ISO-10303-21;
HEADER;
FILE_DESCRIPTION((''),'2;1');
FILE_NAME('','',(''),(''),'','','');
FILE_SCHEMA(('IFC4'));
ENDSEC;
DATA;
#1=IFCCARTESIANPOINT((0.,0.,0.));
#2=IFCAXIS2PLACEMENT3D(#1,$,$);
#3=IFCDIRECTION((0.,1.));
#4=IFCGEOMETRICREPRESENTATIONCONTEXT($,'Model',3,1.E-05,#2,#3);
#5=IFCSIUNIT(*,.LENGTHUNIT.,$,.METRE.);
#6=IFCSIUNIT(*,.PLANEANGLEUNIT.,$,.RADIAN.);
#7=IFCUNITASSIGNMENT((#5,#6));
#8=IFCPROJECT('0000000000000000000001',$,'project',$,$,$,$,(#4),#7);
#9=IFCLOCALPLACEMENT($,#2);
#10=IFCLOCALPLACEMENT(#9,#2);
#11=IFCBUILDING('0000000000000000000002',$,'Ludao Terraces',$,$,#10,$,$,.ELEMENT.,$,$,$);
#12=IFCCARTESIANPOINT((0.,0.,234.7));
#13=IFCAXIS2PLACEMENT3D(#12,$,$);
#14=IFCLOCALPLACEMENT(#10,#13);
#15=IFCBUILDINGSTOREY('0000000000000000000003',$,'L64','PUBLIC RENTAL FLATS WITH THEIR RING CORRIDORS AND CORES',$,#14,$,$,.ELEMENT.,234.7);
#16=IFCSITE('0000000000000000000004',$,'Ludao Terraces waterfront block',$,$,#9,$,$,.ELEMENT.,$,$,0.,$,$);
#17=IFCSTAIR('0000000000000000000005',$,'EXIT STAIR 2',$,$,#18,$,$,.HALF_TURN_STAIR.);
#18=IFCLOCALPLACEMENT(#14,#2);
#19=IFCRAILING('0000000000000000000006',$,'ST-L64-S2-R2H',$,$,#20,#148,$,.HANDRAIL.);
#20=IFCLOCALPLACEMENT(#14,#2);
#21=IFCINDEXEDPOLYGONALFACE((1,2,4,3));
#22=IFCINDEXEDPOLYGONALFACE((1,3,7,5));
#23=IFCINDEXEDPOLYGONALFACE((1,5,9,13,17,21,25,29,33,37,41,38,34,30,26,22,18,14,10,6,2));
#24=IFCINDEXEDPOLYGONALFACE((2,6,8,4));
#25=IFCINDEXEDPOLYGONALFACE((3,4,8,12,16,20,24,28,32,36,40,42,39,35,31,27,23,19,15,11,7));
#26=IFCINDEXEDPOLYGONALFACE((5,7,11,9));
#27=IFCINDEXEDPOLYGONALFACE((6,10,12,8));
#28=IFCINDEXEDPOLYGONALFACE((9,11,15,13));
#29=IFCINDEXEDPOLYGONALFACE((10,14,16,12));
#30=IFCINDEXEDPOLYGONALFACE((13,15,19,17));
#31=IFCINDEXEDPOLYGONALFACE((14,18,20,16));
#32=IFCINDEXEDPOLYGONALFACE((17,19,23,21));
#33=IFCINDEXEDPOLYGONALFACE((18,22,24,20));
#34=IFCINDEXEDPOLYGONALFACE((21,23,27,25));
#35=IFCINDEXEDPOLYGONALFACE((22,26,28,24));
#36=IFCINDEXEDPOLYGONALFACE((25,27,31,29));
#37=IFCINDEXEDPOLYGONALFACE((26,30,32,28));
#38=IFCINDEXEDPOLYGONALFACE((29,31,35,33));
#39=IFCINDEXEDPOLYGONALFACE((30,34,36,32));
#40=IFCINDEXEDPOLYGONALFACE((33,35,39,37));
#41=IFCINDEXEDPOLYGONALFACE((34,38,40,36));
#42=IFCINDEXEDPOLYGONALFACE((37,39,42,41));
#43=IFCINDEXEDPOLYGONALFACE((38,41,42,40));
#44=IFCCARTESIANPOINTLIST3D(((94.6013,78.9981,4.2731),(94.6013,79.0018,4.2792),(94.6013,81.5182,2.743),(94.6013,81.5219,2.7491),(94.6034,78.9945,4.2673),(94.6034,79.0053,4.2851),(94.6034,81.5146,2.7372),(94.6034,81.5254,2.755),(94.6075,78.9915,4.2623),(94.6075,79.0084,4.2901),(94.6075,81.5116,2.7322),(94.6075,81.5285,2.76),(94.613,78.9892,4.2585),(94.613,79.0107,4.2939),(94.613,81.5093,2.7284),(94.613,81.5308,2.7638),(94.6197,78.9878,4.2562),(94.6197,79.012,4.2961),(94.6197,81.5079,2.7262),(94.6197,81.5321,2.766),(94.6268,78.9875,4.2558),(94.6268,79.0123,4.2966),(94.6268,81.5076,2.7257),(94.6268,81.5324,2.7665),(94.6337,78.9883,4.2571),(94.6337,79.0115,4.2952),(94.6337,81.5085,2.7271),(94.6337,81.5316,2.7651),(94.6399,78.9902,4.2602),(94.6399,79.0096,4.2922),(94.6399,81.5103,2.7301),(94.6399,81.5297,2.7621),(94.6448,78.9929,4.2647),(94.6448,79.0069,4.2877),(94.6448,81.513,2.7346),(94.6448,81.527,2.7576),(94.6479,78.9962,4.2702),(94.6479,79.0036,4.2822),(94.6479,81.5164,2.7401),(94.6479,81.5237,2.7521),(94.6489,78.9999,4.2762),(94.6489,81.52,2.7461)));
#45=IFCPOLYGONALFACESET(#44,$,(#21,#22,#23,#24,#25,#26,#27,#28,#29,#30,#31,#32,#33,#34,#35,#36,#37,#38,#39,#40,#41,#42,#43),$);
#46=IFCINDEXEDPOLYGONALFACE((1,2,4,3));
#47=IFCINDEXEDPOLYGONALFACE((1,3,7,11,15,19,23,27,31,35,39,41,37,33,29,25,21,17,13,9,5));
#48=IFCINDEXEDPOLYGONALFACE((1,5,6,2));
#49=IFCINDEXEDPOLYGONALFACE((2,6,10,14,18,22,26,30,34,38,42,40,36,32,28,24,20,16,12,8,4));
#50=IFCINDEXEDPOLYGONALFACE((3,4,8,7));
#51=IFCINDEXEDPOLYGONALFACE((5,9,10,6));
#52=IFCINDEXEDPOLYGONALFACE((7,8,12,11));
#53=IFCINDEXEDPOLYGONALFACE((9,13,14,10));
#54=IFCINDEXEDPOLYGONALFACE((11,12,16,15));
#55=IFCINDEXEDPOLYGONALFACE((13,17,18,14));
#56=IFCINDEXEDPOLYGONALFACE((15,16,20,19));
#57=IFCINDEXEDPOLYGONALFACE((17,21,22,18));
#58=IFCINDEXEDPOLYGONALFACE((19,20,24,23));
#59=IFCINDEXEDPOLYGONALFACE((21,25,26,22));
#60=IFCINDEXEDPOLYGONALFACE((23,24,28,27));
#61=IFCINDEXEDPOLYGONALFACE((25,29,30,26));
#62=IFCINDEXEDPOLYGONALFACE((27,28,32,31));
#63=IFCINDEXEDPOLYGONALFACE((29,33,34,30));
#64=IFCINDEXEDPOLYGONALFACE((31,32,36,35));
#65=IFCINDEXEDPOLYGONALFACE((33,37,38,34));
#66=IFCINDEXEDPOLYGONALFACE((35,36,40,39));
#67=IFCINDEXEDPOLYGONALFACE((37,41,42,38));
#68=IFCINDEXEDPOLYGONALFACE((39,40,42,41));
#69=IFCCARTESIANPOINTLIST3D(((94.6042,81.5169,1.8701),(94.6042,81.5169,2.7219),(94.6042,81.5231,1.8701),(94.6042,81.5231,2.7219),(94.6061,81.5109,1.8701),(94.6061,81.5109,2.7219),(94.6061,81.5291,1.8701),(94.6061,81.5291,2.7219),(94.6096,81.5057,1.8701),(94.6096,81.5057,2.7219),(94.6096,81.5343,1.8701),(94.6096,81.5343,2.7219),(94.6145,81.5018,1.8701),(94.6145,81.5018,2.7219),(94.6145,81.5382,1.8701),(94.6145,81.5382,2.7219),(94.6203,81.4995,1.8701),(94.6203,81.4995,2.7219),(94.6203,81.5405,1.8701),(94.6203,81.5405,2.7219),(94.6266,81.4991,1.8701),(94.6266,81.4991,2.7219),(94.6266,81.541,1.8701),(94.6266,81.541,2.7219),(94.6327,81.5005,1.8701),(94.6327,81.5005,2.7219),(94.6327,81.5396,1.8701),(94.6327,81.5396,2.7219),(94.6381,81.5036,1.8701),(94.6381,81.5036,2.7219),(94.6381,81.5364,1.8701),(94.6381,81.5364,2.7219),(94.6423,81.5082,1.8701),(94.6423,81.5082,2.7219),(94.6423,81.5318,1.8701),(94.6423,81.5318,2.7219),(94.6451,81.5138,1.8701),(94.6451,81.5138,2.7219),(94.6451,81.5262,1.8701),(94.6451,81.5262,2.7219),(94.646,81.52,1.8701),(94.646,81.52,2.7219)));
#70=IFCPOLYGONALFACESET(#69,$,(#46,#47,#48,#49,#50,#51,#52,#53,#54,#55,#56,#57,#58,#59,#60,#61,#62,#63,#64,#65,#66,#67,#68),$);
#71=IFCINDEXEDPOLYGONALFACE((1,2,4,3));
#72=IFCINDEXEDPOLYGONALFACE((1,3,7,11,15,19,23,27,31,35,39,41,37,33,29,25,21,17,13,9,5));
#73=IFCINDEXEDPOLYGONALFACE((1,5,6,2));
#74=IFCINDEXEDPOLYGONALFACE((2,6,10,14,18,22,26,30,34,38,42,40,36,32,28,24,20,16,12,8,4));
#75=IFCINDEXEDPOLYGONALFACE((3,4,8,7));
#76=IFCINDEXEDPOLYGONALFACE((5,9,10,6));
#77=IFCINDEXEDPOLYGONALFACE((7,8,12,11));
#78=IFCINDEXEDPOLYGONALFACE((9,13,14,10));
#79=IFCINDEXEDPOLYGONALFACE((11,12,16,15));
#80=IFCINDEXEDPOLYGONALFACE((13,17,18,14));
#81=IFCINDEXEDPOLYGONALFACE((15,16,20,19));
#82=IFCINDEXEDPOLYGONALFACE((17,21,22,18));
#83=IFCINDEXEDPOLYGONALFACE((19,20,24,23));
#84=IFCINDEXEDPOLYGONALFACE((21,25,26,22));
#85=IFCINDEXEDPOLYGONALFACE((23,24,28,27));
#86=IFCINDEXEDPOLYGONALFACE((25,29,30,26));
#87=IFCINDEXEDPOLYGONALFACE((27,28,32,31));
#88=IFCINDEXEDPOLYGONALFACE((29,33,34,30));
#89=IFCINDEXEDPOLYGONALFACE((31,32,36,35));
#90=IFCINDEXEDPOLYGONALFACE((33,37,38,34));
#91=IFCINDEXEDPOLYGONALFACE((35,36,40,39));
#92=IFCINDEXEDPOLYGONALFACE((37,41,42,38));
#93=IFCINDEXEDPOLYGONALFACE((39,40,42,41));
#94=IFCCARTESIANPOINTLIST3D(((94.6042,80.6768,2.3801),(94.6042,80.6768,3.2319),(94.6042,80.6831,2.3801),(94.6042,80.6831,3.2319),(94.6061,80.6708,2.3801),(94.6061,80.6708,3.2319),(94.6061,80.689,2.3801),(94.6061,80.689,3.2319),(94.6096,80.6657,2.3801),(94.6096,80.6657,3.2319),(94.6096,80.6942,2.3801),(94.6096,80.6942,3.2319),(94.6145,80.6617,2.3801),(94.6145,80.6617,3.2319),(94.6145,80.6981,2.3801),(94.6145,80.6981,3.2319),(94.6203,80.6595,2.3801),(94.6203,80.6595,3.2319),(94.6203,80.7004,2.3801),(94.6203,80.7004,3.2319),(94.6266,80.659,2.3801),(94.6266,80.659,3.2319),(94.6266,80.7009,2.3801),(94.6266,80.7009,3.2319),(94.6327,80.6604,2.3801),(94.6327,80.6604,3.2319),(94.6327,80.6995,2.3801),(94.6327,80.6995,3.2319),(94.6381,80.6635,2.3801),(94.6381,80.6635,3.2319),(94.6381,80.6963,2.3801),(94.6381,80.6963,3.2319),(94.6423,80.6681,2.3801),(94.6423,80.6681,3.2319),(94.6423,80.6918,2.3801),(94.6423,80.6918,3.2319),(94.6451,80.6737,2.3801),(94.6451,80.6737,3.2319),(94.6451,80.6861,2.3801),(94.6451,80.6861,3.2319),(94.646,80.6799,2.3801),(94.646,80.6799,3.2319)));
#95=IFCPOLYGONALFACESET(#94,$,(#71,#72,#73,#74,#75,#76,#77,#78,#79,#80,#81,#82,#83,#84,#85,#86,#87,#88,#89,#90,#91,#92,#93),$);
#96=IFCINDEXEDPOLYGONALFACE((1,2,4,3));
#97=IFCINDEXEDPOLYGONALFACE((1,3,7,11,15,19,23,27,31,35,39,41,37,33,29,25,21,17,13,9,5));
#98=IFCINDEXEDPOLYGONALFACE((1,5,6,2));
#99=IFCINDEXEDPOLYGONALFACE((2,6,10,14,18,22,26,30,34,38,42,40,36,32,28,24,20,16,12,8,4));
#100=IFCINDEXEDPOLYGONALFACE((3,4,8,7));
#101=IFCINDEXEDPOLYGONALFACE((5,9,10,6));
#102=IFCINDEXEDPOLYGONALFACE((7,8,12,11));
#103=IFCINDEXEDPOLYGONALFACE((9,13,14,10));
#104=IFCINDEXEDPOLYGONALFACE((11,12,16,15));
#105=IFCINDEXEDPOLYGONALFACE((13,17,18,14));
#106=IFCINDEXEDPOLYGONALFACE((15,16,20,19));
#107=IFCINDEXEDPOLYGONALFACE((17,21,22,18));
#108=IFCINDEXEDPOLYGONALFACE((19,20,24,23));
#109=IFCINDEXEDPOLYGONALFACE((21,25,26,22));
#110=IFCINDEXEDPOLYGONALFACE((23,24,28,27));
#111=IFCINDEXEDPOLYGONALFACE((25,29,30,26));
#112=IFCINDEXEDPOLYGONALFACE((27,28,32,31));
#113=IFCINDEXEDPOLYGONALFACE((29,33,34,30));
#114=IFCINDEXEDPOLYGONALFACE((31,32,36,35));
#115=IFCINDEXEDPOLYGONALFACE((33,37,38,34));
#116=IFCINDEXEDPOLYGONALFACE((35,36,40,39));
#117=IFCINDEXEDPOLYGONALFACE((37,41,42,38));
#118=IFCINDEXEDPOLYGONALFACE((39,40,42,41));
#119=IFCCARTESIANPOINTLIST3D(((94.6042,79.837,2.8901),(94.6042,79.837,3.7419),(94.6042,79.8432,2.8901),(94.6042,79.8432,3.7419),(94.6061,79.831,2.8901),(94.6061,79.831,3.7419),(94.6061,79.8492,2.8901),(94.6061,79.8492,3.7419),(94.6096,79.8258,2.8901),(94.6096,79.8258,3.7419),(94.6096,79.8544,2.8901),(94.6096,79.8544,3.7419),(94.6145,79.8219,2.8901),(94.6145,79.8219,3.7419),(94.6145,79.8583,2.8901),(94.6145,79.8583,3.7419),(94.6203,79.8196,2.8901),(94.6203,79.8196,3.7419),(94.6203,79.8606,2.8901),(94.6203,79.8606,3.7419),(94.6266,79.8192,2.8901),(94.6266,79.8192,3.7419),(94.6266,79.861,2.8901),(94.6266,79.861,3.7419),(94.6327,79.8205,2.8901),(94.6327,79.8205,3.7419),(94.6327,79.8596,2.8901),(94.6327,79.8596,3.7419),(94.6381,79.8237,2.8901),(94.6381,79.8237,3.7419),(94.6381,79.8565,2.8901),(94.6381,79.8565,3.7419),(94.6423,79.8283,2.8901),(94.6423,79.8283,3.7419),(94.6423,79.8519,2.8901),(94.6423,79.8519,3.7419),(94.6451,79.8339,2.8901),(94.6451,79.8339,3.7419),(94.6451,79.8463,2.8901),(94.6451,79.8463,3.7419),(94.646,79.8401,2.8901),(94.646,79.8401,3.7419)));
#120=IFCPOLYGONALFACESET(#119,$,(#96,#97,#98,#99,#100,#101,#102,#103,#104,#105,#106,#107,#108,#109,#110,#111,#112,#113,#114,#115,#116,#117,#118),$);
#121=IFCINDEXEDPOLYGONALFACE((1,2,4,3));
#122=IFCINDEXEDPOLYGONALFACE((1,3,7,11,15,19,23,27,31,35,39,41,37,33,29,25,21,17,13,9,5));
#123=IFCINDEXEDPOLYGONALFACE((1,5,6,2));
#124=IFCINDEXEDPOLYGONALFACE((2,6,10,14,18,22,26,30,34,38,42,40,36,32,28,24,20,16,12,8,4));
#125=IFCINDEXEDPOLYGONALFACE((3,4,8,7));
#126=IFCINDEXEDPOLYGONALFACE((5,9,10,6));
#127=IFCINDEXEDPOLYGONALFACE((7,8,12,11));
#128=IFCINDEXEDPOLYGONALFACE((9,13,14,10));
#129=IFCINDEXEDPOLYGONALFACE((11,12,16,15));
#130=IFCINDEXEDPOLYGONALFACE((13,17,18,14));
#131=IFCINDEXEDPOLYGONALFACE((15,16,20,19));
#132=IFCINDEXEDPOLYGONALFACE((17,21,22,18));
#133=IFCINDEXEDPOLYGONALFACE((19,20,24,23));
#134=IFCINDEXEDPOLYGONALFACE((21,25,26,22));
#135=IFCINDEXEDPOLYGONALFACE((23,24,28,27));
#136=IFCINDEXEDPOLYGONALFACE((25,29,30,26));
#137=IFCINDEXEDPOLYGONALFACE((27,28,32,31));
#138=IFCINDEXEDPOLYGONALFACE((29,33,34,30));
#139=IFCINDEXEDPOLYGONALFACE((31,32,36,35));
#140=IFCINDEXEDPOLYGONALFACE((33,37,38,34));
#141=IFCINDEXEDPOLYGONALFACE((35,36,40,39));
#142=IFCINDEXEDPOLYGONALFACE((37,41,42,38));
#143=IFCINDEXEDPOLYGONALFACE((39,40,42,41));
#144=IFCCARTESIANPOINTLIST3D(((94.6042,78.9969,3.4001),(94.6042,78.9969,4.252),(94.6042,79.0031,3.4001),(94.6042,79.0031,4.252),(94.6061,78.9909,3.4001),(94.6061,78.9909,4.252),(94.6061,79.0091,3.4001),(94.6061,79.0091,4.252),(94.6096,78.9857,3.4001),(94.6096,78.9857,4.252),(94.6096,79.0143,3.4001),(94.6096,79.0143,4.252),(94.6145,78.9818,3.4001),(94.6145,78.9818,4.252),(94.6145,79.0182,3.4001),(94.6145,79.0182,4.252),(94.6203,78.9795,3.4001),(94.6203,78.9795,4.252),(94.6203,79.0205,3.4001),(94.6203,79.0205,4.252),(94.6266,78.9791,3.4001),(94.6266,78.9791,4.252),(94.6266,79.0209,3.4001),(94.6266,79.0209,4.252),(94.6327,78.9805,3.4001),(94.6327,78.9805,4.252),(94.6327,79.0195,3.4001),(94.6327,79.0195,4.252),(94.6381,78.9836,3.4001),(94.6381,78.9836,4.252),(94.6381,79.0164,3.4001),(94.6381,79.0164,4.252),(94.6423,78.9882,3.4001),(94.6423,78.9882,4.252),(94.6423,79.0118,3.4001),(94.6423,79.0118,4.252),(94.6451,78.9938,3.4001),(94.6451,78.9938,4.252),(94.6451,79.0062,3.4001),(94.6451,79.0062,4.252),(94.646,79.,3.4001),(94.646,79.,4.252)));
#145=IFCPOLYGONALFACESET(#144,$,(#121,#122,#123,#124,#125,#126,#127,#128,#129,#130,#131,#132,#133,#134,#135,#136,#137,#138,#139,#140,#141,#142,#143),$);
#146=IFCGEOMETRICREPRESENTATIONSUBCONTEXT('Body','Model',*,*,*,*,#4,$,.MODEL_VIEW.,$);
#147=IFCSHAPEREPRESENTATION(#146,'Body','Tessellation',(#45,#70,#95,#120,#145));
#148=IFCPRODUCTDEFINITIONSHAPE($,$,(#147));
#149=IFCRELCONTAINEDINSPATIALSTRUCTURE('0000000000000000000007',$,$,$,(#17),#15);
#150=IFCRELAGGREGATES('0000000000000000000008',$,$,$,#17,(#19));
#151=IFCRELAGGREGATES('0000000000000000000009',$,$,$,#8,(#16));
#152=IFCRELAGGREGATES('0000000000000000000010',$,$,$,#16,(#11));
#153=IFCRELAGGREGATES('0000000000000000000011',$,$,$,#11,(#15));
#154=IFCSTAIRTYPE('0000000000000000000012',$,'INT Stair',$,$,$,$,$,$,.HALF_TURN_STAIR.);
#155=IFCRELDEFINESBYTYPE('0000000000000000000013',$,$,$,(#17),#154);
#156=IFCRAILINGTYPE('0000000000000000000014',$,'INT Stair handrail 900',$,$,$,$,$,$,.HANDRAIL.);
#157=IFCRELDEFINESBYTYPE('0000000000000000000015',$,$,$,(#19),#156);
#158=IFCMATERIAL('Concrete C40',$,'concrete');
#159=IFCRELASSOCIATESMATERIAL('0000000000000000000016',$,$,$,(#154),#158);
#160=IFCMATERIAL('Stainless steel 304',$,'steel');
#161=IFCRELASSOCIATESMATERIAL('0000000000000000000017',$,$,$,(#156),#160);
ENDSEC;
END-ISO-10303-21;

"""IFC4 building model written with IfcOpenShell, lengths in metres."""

from ifc_helpers import new_model, si_unit, direction, frame, origin, origin_2d, place, context, subcontext, project, spatial, circle, extrude, material, type_object, element, aggregate, save


model = new_model("IFC4")

# Units and contexts
model_context = context("Model", 3, precision=1e-05, world=origin(), true_north=direction((0.0, 1.0)))
body_context = subcontext(model_context, "Body", "Model", "MODEL_VIEW")
ifc_project = project(units=[si_unit("LENGTHUNIT", "METRE"), si_unit("PLANEANGLEUNIT", "RADIAN")], contexts=[model_context])

# Site, building, storey
site_placement = place(None, origin())
site = spatial("IfcSite", under=ifc_project, at=site_placement, Name="Ludao Terraces waterfront block", CompositionType="ELEMENT", RefElevation=0.0)
building_placement = place(site_placement, origin())
building = spatial("IfcBuilding", under=site, at=building_placement, Name="Ludao Terraces", CompositionType="ELEMENT")
storey_placement = place(building_placement, frame((0.0, 0.0, 234.7)))
storey = spatial("IfcBuildingStorey", under=building, at=storey_placement, Name="L64", Description="PUBLIC RENTAL FLATS WITH THEIR RING CORRIDORS AND CORES", CompositionType="ELEMENT", Elevation=234.7)

# Shared definitions
ifc_material_1 = material(Name="Concrete C40", Category="concrete")

# Shared definitions
ifc_material_2 = material(Name="Stainless steel 304", Category="steel")

# Stair, railing
stair_type = type_object("IfcStairType", Name="INT Stair", PredefinedType="HALF_TURN_STAIR", material=ifc_material_1)
stair_placement = place(storey_placement, origin())
stair = element("IfcStair", 1, at=stair_placement, inside=storey, type_object=stair_type, Name="EXIT STAIR 2", PredefinedType="HALF_TURN_STAIR")
railing_type_1 = type_object("IfcRailingType", Name="INT Stair handrail 900", PredefinedType="HANDRAIL", material=ifc_material_2)
railing_1_placement = place(storey_placement, frame((94.625, 81.52, 1.8701)))
railing_1 = element("IfcRailing", 2, at=railing_1_placement, type_object=railing_type_1, Name="ST-L64-S2-R2H", PredefinedType="HANDRAIL", context=body_context, shape_type="SweptSolid", body=[
    extrude(circle(Radius=0.0239, at=origin_2d()), frame((0.0, 0.0, 0.876), z_axis=(0.0, -0.854785, 0.518982), x_axis=(1.0, 0.0, 0.0)), (0.0, 0.0, 1.0), 2.9482),
    extrude(circle(Radius=0.021, at=origin_2d()), origin(), (0.0, 0.0, 1.0), 0.8518),
    extrude(circle(Radius=0.021, at=origin_2d()), frame((0.0, -0.8401, 0.51)), (0.0, 0.0, 1.0), 0.8518),
    extrude(circle(Radius=0.021, at=origin_2d()), frame((0.0, -1.6799, 1.02)), (0.0, 0.0, 1.0), 0.8518),
    extrude(circle(Radius=0.021, at=origin_2d()), frame((0.0, -2.52, 1.53)), (0.0, 0.0, 1.0), 0.8518),
])
aggregate(stair, [railing_1])

save(model, "model.ifc")
